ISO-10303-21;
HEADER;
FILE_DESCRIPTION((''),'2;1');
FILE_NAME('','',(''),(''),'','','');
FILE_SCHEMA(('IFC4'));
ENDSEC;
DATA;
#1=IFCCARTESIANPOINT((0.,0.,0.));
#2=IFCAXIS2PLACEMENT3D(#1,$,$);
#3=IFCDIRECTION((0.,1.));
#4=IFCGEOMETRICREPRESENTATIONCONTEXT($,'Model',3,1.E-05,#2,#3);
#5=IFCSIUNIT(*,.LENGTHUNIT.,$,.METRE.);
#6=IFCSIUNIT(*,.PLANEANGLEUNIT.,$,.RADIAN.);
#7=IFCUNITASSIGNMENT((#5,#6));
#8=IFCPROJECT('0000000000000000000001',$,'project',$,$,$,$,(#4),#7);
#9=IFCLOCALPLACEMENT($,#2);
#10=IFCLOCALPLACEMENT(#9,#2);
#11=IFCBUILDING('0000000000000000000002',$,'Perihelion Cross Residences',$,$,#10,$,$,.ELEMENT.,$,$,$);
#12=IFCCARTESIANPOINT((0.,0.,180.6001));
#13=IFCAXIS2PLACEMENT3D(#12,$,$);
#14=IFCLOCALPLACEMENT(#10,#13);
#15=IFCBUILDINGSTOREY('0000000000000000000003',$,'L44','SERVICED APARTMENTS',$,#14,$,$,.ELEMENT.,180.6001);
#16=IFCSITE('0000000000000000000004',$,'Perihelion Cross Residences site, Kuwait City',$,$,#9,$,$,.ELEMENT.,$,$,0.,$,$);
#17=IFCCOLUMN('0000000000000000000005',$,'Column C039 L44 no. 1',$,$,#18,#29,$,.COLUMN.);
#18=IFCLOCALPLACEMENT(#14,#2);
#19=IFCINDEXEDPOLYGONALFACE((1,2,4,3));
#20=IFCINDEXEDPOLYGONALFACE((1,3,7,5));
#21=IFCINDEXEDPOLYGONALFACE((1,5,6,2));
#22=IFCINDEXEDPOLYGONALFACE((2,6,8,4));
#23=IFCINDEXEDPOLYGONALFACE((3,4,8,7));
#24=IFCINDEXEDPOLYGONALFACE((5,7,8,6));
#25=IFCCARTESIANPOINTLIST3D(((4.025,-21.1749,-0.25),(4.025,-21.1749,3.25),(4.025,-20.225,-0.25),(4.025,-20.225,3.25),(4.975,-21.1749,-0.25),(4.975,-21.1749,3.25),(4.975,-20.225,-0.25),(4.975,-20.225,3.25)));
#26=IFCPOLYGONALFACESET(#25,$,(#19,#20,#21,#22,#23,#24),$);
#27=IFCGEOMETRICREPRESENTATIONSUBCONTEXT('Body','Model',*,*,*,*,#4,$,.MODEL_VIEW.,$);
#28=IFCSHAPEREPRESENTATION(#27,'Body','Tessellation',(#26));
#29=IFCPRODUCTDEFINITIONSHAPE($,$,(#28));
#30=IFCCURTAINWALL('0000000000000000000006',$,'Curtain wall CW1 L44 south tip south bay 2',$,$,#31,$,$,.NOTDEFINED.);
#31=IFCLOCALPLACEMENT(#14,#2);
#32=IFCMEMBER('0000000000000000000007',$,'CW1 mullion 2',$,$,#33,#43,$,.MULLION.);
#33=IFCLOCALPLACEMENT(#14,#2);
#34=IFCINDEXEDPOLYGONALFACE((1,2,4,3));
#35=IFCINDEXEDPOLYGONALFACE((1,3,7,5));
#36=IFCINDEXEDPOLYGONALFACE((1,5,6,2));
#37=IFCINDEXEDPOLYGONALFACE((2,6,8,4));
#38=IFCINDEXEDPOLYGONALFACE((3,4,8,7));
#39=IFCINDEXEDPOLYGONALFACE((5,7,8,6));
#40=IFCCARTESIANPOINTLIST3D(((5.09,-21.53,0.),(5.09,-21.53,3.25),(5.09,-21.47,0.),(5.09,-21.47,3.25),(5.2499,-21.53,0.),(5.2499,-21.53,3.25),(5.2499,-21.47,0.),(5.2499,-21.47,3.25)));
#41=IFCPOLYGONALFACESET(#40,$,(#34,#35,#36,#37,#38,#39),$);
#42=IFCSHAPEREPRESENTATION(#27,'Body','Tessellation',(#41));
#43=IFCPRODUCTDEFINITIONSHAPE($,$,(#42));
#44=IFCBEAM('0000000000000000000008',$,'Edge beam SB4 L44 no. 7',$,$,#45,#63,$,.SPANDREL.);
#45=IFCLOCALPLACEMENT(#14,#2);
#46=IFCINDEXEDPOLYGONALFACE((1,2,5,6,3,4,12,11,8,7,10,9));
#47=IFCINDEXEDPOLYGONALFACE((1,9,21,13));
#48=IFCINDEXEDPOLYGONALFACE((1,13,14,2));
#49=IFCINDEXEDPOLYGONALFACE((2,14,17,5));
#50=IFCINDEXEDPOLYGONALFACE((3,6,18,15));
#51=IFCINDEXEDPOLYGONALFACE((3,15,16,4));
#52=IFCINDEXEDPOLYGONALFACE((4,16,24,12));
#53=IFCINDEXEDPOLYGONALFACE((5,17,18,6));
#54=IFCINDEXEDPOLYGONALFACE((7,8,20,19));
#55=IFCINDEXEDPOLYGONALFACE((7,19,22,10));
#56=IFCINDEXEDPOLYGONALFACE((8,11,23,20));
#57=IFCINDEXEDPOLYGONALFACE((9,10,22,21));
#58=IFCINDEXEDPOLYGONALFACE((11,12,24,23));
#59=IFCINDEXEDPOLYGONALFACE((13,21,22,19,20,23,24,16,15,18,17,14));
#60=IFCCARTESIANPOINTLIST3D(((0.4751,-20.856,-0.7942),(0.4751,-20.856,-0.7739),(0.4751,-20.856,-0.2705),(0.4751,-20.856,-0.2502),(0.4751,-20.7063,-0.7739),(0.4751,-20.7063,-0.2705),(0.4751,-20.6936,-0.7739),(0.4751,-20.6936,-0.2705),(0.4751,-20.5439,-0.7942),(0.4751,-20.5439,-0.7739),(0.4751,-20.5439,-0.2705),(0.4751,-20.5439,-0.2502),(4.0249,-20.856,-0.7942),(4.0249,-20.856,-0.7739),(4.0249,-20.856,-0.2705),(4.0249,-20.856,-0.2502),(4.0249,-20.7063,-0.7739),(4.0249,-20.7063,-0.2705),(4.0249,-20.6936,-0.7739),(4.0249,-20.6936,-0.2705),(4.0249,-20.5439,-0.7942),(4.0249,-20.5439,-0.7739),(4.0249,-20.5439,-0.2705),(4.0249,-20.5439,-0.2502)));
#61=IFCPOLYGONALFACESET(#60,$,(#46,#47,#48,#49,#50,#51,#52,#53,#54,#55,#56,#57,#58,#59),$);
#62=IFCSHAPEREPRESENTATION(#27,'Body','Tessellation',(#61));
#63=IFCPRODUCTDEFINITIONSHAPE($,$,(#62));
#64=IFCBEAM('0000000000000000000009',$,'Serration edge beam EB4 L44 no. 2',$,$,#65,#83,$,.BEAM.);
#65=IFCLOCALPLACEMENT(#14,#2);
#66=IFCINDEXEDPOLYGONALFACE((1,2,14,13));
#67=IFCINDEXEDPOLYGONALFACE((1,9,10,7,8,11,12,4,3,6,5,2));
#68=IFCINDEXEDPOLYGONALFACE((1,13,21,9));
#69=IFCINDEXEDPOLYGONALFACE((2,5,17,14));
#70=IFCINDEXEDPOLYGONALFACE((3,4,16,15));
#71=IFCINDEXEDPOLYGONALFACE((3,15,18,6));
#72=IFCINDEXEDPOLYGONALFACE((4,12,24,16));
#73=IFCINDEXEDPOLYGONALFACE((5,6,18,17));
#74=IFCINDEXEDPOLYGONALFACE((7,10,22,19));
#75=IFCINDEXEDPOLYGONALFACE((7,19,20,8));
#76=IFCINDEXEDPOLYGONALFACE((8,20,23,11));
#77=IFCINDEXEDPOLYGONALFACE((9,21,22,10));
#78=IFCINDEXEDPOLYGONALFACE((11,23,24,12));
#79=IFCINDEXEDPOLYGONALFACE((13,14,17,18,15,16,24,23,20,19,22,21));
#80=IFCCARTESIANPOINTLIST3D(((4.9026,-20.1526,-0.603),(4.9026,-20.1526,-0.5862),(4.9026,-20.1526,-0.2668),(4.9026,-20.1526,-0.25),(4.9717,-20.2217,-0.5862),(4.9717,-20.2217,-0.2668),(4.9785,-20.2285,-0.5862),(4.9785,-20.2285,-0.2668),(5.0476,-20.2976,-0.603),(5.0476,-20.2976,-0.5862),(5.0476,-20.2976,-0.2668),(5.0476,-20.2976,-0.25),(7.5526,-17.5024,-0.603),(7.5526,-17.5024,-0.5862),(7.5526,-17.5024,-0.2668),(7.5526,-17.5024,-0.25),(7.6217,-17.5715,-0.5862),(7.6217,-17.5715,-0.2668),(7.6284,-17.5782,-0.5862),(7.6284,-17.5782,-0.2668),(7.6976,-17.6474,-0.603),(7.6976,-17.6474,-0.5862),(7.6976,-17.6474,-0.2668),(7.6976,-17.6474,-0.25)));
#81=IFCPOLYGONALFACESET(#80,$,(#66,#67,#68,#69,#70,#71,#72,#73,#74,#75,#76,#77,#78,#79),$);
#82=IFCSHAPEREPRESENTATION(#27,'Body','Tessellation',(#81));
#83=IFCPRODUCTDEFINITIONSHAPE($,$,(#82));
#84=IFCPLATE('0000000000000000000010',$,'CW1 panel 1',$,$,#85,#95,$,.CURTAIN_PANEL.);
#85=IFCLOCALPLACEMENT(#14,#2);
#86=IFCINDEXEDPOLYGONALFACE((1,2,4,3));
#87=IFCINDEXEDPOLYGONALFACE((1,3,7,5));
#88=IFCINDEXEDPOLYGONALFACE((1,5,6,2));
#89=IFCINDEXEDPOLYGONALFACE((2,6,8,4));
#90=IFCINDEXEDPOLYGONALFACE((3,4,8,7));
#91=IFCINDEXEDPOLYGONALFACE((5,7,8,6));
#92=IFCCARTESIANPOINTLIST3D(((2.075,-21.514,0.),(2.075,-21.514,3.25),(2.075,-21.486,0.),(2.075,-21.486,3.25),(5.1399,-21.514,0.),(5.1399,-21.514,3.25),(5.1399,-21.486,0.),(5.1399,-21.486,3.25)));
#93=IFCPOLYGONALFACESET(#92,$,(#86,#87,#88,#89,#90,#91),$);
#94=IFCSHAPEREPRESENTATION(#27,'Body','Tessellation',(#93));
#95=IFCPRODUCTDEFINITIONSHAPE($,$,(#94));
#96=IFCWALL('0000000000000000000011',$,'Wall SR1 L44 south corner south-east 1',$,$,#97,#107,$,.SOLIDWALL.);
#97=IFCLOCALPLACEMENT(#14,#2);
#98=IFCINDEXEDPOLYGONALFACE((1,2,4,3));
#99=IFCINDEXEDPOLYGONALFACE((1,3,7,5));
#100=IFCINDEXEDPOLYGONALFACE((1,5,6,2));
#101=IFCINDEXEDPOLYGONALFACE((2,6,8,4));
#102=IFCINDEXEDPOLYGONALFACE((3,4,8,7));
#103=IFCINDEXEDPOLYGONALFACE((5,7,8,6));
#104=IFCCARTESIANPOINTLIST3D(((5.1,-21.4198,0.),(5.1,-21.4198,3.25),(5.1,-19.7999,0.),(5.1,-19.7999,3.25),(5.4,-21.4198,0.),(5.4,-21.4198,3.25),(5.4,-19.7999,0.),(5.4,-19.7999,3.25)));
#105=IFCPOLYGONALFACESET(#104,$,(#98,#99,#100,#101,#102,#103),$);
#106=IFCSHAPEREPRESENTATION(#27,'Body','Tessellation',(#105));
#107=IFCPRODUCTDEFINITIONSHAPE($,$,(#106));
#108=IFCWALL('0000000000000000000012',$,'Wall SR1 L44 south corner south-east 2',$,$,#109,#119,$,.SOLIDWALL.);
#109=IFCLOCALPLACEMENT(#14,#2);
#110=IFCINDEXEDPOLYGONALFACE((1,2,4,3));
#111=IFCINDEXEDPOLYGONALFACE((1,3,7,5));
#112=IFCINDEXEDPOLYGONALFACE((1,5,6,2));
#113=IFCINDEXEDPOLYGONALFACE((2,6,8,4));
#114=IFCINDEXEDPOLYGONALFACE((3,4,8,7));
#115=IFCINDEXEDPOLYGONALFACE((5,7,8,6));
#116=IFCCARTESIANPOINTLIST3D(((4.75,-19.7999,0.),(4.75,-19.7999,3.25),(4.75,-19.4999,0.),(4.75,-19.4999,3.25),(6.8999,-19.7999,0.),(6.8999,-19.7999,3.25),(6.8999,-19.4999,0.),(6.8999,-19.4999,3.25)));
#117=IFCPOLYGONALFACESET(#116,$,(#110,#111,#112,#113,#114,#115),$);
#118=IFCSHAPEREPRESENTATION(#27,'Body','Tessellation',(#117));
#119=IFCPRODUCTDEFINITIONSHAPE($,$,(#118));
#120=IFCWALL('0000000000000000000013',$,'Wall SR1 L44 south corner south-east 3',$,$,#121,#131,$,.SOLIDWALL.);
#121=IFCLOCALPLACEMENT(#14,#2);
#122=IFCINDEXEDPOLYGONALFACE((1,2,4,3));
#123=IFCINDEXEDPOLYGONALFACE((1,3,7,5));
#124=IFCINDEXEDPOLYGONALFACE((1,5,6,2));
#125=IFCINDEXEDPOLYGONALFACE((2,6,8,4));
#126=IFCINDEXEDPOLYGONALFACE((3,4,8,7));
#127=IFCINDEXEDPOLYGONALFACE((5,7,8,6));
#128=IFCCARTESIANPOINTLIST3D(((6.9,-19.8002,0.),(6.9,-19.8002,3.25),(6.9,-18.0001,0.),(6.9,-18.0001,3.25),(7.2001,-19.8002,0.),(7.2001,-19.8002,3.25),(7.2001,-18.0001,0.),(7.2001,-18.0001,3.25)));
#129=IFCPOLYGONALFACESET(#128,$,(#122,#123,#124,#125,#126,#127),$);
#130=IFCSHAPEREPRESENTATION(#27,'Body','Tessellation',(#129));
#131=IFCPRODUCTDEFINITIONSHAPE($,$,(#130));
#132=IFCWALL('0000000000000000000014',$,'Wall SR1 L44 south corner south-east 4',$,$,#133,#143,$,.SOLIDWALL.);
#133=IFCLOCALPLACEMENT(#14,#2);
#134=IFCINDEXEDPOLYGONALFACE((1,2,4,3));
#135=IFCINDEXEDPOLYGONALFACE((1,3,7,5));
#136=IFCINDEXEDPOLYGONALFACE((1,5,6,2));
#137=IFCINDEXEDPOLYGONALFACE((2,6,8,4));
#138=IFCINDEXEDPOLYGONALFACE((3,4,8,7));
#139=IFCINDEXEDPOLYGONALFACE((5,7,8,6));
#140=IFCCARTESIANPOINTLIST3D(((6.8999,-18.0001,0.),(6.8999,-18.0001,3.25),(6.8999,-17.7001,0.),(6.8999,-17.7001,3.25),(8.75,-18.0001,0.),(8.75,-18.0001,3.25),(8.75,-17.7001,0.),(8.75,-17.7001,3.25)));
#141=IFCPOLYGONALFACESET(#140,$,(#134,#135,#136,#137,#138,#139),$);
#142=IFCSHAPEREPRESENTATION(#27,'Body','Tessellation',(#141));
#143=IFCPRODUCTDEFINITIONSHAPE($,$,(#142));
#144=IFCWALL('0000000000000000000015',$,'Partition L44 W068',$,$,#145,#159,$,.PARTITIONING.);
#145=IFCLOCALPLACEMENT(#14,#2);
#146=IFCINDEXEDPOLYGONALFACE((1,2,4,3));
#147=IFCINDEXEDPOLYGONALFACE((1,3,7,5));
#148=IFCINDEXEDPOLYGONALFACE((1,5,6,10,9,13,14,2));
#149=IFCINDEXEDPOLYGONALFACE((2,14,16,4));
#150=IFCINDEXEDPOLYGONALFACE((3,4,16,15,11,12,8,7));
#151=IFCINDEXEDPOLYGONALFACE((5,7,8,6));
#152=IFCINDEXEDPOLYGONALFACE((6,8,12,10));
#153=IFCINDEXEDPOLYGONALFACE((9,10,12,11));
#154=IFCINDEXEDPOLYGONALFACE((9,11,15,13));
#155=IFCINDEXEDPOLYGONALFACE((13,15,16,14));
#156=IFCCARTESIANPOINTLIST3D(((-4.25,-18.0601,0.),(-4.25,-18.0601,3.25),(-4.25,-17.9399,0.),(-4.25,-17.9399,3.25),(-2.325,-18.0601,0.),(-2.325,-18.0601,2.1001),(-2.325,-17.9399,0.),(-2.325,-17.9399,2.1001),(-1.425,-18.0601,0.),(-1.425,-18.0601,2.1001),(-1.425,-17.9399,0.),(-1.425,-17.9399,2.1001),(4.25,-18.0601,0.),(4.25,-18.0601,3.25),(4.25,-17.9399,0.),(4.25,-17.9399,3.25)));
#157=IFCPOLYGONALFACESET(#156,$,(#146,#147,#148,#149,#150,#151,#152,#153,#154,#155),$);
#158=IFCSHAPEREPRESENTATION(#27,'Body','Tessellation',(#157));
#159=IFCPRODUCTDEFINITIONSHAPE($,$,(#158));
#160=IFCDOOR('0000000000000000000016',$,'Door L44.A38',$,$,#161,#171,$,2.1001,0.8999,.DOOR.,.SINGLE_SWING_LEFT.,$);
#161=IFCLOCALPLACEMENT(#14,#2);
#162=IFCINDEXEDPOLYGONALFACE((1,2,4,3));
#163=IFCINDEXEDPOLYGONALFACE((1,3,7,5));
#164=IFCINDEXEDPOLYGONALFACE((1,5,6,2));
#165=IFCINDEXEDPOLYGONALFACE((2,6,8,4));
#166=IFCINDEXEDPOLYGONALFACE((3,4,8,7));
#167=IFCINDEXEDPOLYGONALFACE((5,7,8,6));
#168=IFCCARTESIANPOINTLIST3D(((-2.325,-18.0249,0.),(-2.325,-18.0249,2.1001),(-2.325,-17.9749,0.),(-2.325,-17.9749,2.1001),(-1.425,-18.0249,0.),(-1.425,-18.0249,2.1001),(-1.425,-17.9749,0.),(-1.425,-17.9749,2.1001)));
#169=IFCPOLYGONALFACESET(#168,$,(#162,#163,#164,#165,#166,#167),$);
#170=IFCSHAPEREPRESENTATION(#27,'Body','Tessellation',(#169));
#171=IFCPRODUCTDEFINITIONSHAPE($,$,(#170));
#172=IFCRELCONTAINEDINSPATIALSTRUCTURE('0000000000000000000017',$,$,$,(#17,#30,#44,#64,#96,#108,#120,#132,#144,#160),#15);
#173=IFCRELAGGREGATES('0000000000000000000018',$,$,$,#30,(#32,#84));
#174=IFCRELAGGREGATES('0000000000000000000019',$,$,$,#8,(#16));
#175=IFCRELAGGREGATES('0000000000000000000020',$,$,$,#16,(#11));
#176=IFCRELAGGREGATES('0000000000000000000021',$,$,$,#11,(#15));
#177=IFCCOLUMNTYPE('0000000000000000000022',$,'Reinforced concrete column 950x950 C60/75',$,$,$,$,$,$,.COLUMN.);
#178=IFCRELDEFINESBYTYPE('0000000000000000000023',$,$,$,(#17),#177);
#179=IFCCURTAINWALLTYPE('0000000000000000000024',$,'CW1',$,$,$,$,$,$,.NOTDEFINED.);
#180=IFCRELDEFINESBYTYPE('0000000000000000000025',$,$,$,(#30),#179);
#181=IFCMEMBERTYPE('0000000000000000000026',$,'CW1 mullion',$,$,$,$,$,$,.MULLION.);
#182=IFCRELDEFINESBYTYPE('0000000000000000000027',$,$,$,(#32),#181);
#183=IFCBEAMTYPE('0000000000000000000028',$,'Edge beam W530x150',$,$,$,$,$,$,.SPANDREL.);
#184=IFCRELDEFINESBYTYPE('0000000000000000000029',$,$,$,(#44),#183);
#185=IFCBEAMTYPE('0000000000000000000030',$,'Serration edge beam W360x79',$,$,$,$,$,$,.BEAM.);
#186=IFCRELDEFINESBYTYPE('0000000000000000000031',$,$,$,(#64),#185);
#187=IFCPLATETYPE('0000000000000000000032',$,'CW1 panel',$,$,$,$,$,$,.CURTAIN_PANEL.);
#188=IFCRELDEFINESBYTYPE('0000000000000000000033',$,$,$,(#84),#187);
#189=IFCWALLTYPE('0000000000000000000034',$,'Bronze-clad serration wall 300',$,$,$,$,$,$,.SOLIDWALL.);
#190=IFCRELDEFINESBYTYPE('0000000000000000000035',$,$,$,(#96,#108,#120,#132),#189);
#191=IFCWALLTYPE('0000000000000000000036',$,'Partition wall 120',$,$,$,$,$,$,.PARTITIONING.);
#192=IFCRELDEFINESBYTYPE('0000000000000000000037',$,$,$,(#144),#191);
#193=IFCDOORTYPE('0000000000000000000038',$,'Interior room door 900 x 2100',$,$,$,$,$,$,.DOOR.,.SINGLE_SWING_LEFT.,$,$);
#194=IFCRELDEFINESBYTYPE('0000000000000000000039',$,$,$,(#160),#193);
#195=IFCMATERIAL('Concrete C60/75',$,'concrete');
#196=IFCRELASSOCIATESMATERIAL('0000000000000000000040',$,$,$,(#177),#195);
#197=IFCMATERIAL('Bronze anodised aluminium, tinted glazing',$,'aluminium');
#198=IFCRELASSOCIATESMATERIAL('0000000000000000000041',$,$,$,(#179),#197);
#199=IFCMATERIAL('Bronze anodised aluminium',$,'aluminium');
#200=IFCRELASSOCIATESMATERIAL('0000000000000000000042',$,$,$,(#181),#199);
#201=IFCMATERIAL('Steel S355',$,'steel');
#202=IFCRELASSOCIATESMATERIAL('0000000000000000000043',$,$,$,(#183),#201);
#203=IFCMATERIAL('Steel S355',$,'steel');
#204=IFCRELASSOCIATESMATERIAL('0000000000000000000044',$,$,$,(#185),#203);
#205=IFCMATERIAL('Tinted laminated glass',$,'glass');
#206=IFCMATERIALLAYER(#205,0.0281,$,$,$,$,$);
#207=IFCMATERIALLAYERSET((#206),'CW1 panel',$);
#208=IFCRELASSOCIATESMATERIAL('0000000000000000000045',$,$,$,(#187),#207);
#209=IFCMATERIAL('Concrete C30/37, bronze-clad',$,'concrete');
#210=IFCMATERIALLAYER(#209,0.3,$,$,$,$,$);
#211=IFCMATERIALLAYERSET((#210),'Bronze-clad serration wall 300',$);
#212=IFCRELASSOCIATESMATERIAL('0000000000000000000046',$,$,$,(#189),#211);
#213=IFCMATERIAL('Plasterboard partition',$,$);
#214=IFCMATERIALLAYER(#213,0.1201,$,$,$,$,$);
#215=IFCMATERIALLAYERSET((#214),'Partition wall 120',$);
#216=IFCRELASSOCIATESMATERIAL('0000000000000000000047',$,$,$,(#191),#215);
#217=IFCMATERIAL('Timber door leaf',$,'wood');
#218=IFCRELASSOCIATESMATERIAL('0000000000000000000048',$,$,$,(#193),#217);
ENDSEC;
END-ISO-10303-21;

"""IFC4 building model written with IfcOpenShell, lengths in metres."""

from ifc_helpers import new_model, si_unit, direction, frame, frame_2d, origin, origin_2d, place, context, subcontext, project, spatial, rectangle, i_section, extrude, material, layer, layer_set, material_profile, profile_set, type_object, element, fill, aggregate, save


model = new_model("IFC4")

# Units and contexts
model_context = context("Model", 3, precision=1e-05, world=origin(), true_north=direction((0.0, 1.0)))
body_context = subcontext(model_context, "Body", "Model", "MODEL_VIEW")
ifc_project = project(units=[si_unit("LENGTHUNIT", "METRE"), si_unit("PLANEANGLEUNIT", "RADIAN")], contexts=[model_context])

# Site, building, storey
site_placement = place(None, origin())
site = spatial("IfcSite", under=ifc_project, at=site_placement, Name="Perihelion Cross Residences site, Kuwait City", CompositionType="ELEMENT", RefElevation=0.0)
building_placement = place(site_placement, origin())
building = spatial("IfcBuilding", under=site, at=building_placement, Name="Perihelion Cross Residences", CompositionType="ELEMENT")
storey_placement = place(building_placement, frame((0.0, 0.0, 180.6001)))
storey = spatial("IfcBuildingStorey", under=building, at=storey_placement, Name="L44", Description="SERVICED APARTMENTS", CompositionType="ELEMENT", Elevation=180.6001)

# Column
ifc_material_1 = material(Name="Concrete C60/75", Category="concrete")
ifc_material_profile_1 = material_profile(ifc_material_1, rectangle(XDim=0.95, YDim=0.95, at=origin_2d()), Name="RC 950x950")
ifc_profile_set_1 = profile_set([ifc_material_profile_1], Name="Concrete C60/75")
column_type = type_object("IfcColumnType", Name="Reinforced concrete column 950x950 C60/75", PredefinedType="COLUMN", material=ifc_profile_set_1)
column_placement = place(storey_placement, frame((4.5, -20.7, -0.25), z_axis=(0.0, 0.0, 1.0), x_axis=(1.0, 0.0, 0.0)))
element("IfcColumn", 1, at=column_placement, inside=storey, type_object=column_type, Name="Column C039 L44 no. 1", PredefinedType="COLUMN", context=body_context, shape_type="SweptSolid", body=[
    extrude(rectangle(XDim=0.95, YDim=0.95, at=origin_2d()), origin(), (0.0, 0.0, 1.0), 3.5),
])

# Curtain wall, member
ifc_material_2 = material(Name="Bronze anodised aluminium, tinted glazing", Category="aluminium")
curtain_wall_type = type_object("IfcCurtainWallType", Name="CW1", PredefinedType="NOTDEFINED", material=ifc_material_2)
curtain_wall_placement = place(storey_placement, origin())
curtain_wall = element("IfcCurtainWall", 2, at=curtain_wall_placement, inside=storey, type_object=curtain_wall_type, Name="Curtain wall CW1 L44 south tip south bay 2", PredefinedType="NOTDEFINED")
ifc_material_3 = material(Name="Bronze anodised aluminium", Category="aluminium")
ifc_material_profile_2 = material_profile(ifc_material_3, rectangle(XDim=0.0601, YDim=0.1599, at=origin_2d()), Name="CW1 mullion")
ifc_profile_set_2 = profile_set([ifc_material_profile_2], Name="Bronze anodised aluminium")
member_type = type_object("IfcMemberType", Name="CW1 mullion", PredefinedType="MULLION", material=ifc_profile_set_2)
member_placement = place(storey_placement, frame((5.1699, -21.5, 0.0), z_axis=(0.0, 0.0, 1.0), x_axis=(0.0, 1.0, 0.0)))
member = element("IfcMember", 3, at=member_placement, type_object=member_type, Name="CW1 mullion 2", PredefinedType="MULLION", context=body_context, shape_type="SweptSolid", body=[
    extrude(rectangle(XDim=0.0601, YDim=0.1599, at=origin_2d()), origin(), (0.0, 0.0, 1.0), 3.25),
])

# Beams
ifc_material_4 = material(Name="Steel S355", Category="steel")
ifc_material_profile_3 = material_profile(ifc_material_4, i_section(OverallWidth=0.312, OverallDepth=0.5439, WebThickness=0.0127, FlangeThickness=0.0203, at=origin_2d()), Name="W530x150")
ifc_profile_set_3 = profile_set([ifc_material_profile_3], Name="Steel S355")
beam_type_1 = type_object("IfcBeamType", Name="Edge beam W530x150", PredefinedType="SPANDREL", material=ifc_profile_set_3)
beam_1_placement = place(storey_placement, frame((0.4751, -20.7, -0.5222), z_axis=(1.0, 0.0, 0.0), x_axis=(0.0, 1.0, 0.0)))
element("IfcBeam", 4, at=beam_1_placement, inside=storey, type_object=beam_type_1, Name="Edge beam SB4 L44 no. 7", PredefinedType="SPANDREL", context=body_context, shape_type="SweptSolid", body=[
    extrude(i_section(OverallWidth=0.312, OverallDepth=0.5439, WebThickness=0.0127, FlangeThickness=0.0203, at=origin_2d()), origin(), (0.0, 0.0, 1.0), 3.5498),
])
ifc_material_5 = material(Name="Steel S355", Category="steel")
ifc_material_profile_4 = material_profile(ifc_material_5, i_section(OverallWidth=0.2051, OverallDepth=0.353, WebThickness=0.0095, FlangeThickness=0.0168, at=origin_2d()), Name="W360x79")
ifc_profile_set_4 = profile_set([ifc_material_profile_4], Name="Steel S355")
beam_type_2 = type_object("IfcBeamType", Name="Serration edge beam W360x79", PredefinedType="BEAM", material=ifc_profile_set_4)
beam_2_placement = place(storey_placement, frame((4.9751, -20.2251, -0.4265), z_axis=(0.707074, 0.707139, 0.0), x_axis=(-0.707139, 0.707074, 0.0)))
element("IfcBeam", 5, at=beam_2_placement, inside=storey, type_object=beam_type_2, Name="Serration edge beam EB4 L44 no. 2", PredefinedType="BEAM", context=body_context, shape_type="SweptSolid", body=[
    extrude(i_section(OverallWidth=0.2051, OverallDepth=0.353, WebThickness=0.0095, FlangeThickness=0.0168, at=origin_2d()), origin(), (0.0, 0.0, 1.0), 3.7478),
])

# Plate
ifc_material_6 = material(Name="Tinted laminated glass", Category="glass")
ifc_layer_1 = layer(ifc_material_6, 0.0281)
ifc_layer_set_1 = layer_set([ifc_layer_1], Name="CW1 panel")
plate_type = type_object("IfcPlateType", Name="CW1 panel", PredefinedType="CURTAIN_PANEL", material=ifc_layer_set_1)
plate_placement = place(storey_placement, frame((3.6074, -21.5, 0.0), z_axis=(0.0, 0.0, 1.0), x_axis=(1.0, 0.0, 0.0)))
plate = element("IfcPlate", 6, at=plate_placement, type_object=plate_type, Name="CW1 panel 1", PredefinedType="CURTAIN_PANEL", context=body_context, shape_type="SweptSolid", body=[
    extrude(rectangle(XDim=3.0649, YDim=0.0281, at=origin_2d()), origin(), (0.0, 0.0, 1.0), 3.25),
])
aggregate(curtain_wall, [member, plate])

# Walls
ifc_material_7 = material(Name="Concrete C30/37, bronze-clad", Category="concrete")
ifc_layer_2 = layer(ifc_material_7, 0.3)
ifc_layer_set_2 = layer_set([ifc_layer_2], Name="Bronze-clad serration wall 300")
wall_type_1 = type_object("IfcWallType", Name="Bronze-clad serration wall 300", PredefinedType="SOLIDWALL", material=ifc_layer_set_2)
wall_1_placement = place(storey_placement, frame((5.25, -21.4199, 0.0), z_axis=(0.0, 0.0, 1.0), x_axis=(0.0, 1.0, 0.0)))
element("IfcWall", 7, at=wall_1_placement, inside=storey, type_object=wall_type_1, Name="Wall SR1 L44 south corner south-east 1", PredefinedType="SOLIDWALL", context=body_context, shape_type="SweptSolid", body=[
    extrude(rectangle(XDim=1.6199, YDim=0.3, at=frame_2d((0.8101, 0.0))), origin(), (0.0, 0.0, 1.0), 3.25),
])
wall_2_placement = place(storey_placement, frame((4.75, -19.6499, 0.0), z_axis=(0.0, 0.0, 1.0), x_axis=(1.0, 0.0, 0.0)))
element("IfcWall", 8, at=wall_2_placement, inside=storey, type_object=wall_type_1, Name="Wall SR1 L44 south corner south-east 2", PredefinedType="SOLIDWALL", context=body_context, shape_type="SweptSolid", body=[
    extrude(rectangle(XDim=2.1499, YDim=0.3, at=frame_2d((1.075, 0.0))), origin(), (0.0, 0.0, 1.0), 3.25),
])
wall_3_placement = place(storey_placement, frame((7.05, -19.8, 0.0), z_axis=(0.0, 0.0, 1.0), x_axis=(0.0, 1.0, 0.0)))
element("IfcWall", 9, at=wall_3_placement, inside=storey, type_object=wall_type_1, Name="Wall SR1 L44 south corner south-east 3", PredefinedType="SOLIDWALL", context=body_context, shape_type="SweptSolid", body=[
    extrude(rectangle(XDim=1.8, YDim=0.3, at=frame_2d((0.8999, 0.0))), origin(), (0.0, 0.0, 1.0), 3.25),
])
wall_4_placement = place(storey_placement, frame((6.8999, -17.8501, 0.0), z_axis=(0.0, 0.0, 1.0), x_axis=(1.0, 0.0, 0.0)))
element("IfcWall", 10, at=wall_4_placement, inside=storey, type_object=wall_type_1, Name="Wall SR1 L44 south corner south-east 4", PredefinedType="SOLIDWALL", context=body_context, shape_type="SweptSolid", body=[
    extrude(rectangle(XDim=1.8501, YDim=0.3, at=frame_2d((0.925, 0.0))), origin(), (0.0, 0.0, 1.0), 3.25),
])

# Wall, opening, door
ifc_material_8 = material(Name="Plasterboard partition")
ifc_layer_3 = layer(ifc_material_8, 0.1201)
ifc_layer_set_3 = layer_set([ifc_layer_3], Name="Partition wall 120")
wall_type_2 = type_object("IfcWallType", Name="Partition wall 120", PredefinedType="PARTITIONING", material=ifc_layer_set_3)
wall_5_placement = place(storey_placement, frame((4.25, -18.0, 0.0), z_axis=(0.0, 0.0, 1.0), x_axis=(-1.0, 0.0, 0.0)))
wall_5 = element("IfcWall", 11, at=wall_5_placement, inside=storey, type_object=wall_type_2, Name="Partition L44 W068", PredefinedType="PARTITIONING", context=body_context, shape_type="SweptSolid", body=[
    extrude(rectangle(XDim=8.5, YDim=0.1201, at=frame_2d((4.25, 0.0))), origin(), (0.0, 0.0, 1.0), 3.25),
])
opening_1_placement = place(wall_5_placement, frame((5.675, 0.0, 0.0)))
opening_1 = element("IfcOpeningElement", 12, at=opening_1_placement, cuts=wall_5, PredefinedType="OPENING", context=body_context, shape_type="SweptSolid", body=[
    extrude(rectangle(XDim=0.8999, YDim=2.1001, at=frame_2d((0.45, 1.05))), frame((0.0, 0.0701, 0.0), z_axis=(0.0, -1.0, 0.0), x_axis=(1.0, 0.0, 0.0)), (0.0, 0.0, 1.0), 0.1401),
])
ifc_material_9 = material(Name="Timber door leaf", Category="wood")
door_type_1 = type_object("IfcDoorType", Name="Interior room door 900 x 2100", OperationType="SINGLE_SWING_LEFT", PredefinedType="DOOR", material=ifc_material_9)
door_1_placement = place(opening_1_placement, origin())
door_1 = element("IfcDoor", 13, at=door_1_placement, inside=storey, type_object=door_type_1, Name="Door L44.A38", OperationType="SINGLE_SWING_LEFT", OverallHeight=2.1001, OverallWidth=0.8999, PredefinedType="DOOR", context=body_context, shape_type="SweptSolid", body=[
    extrude(rectangle(XDim=0.8999, YDim=2.1001, at=frame_2d((0.45, 1.05))), frame((0.0, 0.0249, 0.0), z_axis=(0.0, -1.0, 0.0), x_axis=(1.0, 0.0, 0.0)), (0.0, 0.0, 1.0), 0.05),
])
fill(opening_1, door_1)

save(model, "model.ifc")
